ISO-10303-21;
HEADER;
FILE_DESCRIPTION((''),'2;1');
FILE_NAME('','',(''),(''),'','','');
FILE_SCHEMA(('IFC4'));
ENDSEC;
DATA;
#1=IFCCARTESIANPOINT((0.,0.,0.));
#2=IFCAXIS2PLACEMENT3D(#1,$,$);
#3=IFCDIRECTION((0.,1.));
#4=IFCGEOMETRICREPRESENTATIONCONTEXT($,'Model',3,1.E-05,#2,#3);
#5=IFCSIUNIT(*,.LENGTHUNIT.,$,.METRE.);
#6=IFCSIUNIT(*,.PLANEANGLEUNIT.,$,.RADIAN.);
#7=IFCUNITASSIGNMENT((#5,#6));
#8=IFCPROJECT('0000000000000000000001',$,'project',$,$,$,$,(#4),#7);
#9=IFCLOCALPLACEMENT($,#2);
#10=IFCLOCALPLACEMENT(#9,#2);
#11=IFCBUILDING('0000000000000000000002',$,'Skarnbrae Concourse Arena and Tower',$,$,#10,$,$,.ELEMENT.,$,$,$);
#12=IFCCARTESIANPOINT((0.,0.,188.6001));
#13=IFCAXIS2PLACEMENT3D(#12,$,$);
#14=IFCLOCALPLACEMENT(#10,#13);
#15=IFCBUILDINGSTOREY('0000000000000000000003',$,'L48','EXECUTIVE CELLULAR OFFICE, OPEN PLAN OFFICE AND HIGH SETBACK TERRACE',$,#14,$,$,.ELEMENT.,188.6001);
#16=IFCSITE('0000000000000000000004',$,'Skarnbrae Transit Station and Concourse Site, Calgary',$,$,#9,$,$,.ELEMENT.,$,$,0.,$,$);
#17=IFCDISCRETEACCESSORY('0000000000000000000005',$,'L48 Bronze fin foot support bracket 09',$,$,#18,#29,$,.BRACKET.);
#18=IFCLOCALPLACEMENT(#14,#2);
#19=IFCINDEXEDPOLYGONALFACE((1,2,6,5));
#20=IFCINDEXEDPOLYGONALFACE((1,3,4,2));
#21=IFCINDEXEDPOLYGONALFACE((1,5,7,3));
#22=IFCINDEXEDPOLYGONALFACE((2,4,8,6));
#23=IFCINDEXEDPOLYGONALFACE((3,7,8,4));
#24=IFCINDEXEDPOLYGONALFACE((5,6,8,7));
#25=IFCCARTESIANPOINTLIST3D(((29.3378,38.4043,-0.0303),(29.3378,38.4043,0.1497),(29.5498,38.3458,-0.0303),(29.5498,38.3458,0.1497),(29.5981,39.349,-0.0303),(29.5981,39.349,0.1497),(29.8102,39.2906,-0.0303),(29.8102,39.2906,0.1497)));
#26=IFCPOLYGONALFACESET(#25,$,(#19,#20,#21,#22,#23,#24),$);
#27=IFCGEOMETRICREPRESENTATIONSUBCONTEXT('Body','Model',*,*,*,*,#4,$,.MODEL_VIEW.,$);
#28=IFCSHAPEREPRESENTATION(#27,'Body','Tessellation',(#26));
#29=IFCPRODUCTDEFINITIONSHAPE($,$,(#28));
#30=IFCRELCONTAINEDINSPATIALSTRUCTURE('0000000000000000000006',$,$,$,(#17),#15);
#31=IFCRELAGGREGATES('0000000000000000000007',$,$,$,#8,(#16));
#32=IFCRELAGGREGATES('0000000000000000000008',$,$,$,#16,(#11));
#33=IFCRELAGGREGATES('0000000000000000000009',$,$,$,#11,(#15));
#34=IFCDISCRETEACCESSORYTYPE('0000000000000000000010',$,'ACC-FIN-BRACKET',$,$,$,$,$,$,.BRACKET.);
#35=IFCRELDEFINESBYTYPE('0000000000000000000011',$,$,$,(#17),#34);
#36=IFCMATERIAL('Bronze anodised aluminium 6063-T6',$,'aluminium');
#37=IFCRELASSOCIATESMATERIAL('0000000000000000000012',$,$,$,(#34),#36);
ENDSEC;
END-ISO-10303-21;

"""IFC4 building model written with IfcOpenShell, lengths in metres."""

from ifc_helpers import new_model, si_unit, direction, frame, origin, origin_2d, place, context, subcontext, project, spatial, rectangle, extrude, source, transform, mapped, material, type_object, element, save


model = new_model("IFC4")

# Units and contexts
model_context = context("Model", 3, precision=1e-05, world=origin(), true_north=direction((0.0, 1.0)))
body_context = subcontext(model_context, "Body", "Model", "MODEL_VIEW")
ifc_project = project(units=[si_unit("LENGTHUNIT", "METRE"), si_unit("PLANEANGLEUNIT", "RADIAN")], contexts=[model_context])

# Site, building, storey
site_placement = place(None, origin())
site = spatial("IfcSite", under=ifc_project, at=site_placement, Name="Skarnbrae Transit Station and Concourse Site, Calgary", CompositionType="ELEMENT", RefElevation=0.0)
building_placement = place(site_placement, origin())
building = spatial("IfcBuilding", under=site, at=building_placement, Name="Skarnbrae Concourse Arena and Tower", CompositionType="ELEMENT")
storey_placement = place(building_placement, frame((0.0, 0.0, 188.6001)))
storey = spatial("IfcBuildingStorey", under=building, at=storey_placement, Name="L48", Description="EXECUTIVE CELLULAR OFFICE, OPEN PLAN OFFICE AND HIGH SETBACK TERRACE", CompositionType="ELEMENT", Elevation=188.6001)

# Shared definitions
ifc_material_1 = material(Name="Bronze anodised aluminium 6063-T6", Category="aluminium")

# Discrete accessory
discrete_accessory_type = type_object("IfcDiscreteAccessoryType", Name="ACC-FIN-BRACKET", PredefinedType="BRACKET", material=ifc_material_1)
shared_shape_1 = source(origin(), body_context, "Body", "SweptSolid", [
    extrude(rectangle(XDim=0.22, YDim=0.98, at=origin_2d()), origin(), (0.0, 0.0, 1.0), 0.1799),
])
for number, where, z_axis, x_axis, name in (
    (1, (29.574, 38.8474, -0.0303), (0.0, 0.0, 1.0), (0.964058, -0.265691, 0.0), "L48 Bronze fin foot support bracket 09"),
):
    element("IfcDiscreteAccessory", number, at=place(storey_placement, frame(where, z_axis=z_axis, x_axis=x_axis)), inside=storey, type_object=discrete_accessory_type, Name=name, PredefinedType="BRACKET", context=body_context, shape_type="MappedRepresentation", body=[
        mapped(shared_shape_1, transform((0.0, 0.0, 0.0))),
    ])

save(model, "model.ifc")
